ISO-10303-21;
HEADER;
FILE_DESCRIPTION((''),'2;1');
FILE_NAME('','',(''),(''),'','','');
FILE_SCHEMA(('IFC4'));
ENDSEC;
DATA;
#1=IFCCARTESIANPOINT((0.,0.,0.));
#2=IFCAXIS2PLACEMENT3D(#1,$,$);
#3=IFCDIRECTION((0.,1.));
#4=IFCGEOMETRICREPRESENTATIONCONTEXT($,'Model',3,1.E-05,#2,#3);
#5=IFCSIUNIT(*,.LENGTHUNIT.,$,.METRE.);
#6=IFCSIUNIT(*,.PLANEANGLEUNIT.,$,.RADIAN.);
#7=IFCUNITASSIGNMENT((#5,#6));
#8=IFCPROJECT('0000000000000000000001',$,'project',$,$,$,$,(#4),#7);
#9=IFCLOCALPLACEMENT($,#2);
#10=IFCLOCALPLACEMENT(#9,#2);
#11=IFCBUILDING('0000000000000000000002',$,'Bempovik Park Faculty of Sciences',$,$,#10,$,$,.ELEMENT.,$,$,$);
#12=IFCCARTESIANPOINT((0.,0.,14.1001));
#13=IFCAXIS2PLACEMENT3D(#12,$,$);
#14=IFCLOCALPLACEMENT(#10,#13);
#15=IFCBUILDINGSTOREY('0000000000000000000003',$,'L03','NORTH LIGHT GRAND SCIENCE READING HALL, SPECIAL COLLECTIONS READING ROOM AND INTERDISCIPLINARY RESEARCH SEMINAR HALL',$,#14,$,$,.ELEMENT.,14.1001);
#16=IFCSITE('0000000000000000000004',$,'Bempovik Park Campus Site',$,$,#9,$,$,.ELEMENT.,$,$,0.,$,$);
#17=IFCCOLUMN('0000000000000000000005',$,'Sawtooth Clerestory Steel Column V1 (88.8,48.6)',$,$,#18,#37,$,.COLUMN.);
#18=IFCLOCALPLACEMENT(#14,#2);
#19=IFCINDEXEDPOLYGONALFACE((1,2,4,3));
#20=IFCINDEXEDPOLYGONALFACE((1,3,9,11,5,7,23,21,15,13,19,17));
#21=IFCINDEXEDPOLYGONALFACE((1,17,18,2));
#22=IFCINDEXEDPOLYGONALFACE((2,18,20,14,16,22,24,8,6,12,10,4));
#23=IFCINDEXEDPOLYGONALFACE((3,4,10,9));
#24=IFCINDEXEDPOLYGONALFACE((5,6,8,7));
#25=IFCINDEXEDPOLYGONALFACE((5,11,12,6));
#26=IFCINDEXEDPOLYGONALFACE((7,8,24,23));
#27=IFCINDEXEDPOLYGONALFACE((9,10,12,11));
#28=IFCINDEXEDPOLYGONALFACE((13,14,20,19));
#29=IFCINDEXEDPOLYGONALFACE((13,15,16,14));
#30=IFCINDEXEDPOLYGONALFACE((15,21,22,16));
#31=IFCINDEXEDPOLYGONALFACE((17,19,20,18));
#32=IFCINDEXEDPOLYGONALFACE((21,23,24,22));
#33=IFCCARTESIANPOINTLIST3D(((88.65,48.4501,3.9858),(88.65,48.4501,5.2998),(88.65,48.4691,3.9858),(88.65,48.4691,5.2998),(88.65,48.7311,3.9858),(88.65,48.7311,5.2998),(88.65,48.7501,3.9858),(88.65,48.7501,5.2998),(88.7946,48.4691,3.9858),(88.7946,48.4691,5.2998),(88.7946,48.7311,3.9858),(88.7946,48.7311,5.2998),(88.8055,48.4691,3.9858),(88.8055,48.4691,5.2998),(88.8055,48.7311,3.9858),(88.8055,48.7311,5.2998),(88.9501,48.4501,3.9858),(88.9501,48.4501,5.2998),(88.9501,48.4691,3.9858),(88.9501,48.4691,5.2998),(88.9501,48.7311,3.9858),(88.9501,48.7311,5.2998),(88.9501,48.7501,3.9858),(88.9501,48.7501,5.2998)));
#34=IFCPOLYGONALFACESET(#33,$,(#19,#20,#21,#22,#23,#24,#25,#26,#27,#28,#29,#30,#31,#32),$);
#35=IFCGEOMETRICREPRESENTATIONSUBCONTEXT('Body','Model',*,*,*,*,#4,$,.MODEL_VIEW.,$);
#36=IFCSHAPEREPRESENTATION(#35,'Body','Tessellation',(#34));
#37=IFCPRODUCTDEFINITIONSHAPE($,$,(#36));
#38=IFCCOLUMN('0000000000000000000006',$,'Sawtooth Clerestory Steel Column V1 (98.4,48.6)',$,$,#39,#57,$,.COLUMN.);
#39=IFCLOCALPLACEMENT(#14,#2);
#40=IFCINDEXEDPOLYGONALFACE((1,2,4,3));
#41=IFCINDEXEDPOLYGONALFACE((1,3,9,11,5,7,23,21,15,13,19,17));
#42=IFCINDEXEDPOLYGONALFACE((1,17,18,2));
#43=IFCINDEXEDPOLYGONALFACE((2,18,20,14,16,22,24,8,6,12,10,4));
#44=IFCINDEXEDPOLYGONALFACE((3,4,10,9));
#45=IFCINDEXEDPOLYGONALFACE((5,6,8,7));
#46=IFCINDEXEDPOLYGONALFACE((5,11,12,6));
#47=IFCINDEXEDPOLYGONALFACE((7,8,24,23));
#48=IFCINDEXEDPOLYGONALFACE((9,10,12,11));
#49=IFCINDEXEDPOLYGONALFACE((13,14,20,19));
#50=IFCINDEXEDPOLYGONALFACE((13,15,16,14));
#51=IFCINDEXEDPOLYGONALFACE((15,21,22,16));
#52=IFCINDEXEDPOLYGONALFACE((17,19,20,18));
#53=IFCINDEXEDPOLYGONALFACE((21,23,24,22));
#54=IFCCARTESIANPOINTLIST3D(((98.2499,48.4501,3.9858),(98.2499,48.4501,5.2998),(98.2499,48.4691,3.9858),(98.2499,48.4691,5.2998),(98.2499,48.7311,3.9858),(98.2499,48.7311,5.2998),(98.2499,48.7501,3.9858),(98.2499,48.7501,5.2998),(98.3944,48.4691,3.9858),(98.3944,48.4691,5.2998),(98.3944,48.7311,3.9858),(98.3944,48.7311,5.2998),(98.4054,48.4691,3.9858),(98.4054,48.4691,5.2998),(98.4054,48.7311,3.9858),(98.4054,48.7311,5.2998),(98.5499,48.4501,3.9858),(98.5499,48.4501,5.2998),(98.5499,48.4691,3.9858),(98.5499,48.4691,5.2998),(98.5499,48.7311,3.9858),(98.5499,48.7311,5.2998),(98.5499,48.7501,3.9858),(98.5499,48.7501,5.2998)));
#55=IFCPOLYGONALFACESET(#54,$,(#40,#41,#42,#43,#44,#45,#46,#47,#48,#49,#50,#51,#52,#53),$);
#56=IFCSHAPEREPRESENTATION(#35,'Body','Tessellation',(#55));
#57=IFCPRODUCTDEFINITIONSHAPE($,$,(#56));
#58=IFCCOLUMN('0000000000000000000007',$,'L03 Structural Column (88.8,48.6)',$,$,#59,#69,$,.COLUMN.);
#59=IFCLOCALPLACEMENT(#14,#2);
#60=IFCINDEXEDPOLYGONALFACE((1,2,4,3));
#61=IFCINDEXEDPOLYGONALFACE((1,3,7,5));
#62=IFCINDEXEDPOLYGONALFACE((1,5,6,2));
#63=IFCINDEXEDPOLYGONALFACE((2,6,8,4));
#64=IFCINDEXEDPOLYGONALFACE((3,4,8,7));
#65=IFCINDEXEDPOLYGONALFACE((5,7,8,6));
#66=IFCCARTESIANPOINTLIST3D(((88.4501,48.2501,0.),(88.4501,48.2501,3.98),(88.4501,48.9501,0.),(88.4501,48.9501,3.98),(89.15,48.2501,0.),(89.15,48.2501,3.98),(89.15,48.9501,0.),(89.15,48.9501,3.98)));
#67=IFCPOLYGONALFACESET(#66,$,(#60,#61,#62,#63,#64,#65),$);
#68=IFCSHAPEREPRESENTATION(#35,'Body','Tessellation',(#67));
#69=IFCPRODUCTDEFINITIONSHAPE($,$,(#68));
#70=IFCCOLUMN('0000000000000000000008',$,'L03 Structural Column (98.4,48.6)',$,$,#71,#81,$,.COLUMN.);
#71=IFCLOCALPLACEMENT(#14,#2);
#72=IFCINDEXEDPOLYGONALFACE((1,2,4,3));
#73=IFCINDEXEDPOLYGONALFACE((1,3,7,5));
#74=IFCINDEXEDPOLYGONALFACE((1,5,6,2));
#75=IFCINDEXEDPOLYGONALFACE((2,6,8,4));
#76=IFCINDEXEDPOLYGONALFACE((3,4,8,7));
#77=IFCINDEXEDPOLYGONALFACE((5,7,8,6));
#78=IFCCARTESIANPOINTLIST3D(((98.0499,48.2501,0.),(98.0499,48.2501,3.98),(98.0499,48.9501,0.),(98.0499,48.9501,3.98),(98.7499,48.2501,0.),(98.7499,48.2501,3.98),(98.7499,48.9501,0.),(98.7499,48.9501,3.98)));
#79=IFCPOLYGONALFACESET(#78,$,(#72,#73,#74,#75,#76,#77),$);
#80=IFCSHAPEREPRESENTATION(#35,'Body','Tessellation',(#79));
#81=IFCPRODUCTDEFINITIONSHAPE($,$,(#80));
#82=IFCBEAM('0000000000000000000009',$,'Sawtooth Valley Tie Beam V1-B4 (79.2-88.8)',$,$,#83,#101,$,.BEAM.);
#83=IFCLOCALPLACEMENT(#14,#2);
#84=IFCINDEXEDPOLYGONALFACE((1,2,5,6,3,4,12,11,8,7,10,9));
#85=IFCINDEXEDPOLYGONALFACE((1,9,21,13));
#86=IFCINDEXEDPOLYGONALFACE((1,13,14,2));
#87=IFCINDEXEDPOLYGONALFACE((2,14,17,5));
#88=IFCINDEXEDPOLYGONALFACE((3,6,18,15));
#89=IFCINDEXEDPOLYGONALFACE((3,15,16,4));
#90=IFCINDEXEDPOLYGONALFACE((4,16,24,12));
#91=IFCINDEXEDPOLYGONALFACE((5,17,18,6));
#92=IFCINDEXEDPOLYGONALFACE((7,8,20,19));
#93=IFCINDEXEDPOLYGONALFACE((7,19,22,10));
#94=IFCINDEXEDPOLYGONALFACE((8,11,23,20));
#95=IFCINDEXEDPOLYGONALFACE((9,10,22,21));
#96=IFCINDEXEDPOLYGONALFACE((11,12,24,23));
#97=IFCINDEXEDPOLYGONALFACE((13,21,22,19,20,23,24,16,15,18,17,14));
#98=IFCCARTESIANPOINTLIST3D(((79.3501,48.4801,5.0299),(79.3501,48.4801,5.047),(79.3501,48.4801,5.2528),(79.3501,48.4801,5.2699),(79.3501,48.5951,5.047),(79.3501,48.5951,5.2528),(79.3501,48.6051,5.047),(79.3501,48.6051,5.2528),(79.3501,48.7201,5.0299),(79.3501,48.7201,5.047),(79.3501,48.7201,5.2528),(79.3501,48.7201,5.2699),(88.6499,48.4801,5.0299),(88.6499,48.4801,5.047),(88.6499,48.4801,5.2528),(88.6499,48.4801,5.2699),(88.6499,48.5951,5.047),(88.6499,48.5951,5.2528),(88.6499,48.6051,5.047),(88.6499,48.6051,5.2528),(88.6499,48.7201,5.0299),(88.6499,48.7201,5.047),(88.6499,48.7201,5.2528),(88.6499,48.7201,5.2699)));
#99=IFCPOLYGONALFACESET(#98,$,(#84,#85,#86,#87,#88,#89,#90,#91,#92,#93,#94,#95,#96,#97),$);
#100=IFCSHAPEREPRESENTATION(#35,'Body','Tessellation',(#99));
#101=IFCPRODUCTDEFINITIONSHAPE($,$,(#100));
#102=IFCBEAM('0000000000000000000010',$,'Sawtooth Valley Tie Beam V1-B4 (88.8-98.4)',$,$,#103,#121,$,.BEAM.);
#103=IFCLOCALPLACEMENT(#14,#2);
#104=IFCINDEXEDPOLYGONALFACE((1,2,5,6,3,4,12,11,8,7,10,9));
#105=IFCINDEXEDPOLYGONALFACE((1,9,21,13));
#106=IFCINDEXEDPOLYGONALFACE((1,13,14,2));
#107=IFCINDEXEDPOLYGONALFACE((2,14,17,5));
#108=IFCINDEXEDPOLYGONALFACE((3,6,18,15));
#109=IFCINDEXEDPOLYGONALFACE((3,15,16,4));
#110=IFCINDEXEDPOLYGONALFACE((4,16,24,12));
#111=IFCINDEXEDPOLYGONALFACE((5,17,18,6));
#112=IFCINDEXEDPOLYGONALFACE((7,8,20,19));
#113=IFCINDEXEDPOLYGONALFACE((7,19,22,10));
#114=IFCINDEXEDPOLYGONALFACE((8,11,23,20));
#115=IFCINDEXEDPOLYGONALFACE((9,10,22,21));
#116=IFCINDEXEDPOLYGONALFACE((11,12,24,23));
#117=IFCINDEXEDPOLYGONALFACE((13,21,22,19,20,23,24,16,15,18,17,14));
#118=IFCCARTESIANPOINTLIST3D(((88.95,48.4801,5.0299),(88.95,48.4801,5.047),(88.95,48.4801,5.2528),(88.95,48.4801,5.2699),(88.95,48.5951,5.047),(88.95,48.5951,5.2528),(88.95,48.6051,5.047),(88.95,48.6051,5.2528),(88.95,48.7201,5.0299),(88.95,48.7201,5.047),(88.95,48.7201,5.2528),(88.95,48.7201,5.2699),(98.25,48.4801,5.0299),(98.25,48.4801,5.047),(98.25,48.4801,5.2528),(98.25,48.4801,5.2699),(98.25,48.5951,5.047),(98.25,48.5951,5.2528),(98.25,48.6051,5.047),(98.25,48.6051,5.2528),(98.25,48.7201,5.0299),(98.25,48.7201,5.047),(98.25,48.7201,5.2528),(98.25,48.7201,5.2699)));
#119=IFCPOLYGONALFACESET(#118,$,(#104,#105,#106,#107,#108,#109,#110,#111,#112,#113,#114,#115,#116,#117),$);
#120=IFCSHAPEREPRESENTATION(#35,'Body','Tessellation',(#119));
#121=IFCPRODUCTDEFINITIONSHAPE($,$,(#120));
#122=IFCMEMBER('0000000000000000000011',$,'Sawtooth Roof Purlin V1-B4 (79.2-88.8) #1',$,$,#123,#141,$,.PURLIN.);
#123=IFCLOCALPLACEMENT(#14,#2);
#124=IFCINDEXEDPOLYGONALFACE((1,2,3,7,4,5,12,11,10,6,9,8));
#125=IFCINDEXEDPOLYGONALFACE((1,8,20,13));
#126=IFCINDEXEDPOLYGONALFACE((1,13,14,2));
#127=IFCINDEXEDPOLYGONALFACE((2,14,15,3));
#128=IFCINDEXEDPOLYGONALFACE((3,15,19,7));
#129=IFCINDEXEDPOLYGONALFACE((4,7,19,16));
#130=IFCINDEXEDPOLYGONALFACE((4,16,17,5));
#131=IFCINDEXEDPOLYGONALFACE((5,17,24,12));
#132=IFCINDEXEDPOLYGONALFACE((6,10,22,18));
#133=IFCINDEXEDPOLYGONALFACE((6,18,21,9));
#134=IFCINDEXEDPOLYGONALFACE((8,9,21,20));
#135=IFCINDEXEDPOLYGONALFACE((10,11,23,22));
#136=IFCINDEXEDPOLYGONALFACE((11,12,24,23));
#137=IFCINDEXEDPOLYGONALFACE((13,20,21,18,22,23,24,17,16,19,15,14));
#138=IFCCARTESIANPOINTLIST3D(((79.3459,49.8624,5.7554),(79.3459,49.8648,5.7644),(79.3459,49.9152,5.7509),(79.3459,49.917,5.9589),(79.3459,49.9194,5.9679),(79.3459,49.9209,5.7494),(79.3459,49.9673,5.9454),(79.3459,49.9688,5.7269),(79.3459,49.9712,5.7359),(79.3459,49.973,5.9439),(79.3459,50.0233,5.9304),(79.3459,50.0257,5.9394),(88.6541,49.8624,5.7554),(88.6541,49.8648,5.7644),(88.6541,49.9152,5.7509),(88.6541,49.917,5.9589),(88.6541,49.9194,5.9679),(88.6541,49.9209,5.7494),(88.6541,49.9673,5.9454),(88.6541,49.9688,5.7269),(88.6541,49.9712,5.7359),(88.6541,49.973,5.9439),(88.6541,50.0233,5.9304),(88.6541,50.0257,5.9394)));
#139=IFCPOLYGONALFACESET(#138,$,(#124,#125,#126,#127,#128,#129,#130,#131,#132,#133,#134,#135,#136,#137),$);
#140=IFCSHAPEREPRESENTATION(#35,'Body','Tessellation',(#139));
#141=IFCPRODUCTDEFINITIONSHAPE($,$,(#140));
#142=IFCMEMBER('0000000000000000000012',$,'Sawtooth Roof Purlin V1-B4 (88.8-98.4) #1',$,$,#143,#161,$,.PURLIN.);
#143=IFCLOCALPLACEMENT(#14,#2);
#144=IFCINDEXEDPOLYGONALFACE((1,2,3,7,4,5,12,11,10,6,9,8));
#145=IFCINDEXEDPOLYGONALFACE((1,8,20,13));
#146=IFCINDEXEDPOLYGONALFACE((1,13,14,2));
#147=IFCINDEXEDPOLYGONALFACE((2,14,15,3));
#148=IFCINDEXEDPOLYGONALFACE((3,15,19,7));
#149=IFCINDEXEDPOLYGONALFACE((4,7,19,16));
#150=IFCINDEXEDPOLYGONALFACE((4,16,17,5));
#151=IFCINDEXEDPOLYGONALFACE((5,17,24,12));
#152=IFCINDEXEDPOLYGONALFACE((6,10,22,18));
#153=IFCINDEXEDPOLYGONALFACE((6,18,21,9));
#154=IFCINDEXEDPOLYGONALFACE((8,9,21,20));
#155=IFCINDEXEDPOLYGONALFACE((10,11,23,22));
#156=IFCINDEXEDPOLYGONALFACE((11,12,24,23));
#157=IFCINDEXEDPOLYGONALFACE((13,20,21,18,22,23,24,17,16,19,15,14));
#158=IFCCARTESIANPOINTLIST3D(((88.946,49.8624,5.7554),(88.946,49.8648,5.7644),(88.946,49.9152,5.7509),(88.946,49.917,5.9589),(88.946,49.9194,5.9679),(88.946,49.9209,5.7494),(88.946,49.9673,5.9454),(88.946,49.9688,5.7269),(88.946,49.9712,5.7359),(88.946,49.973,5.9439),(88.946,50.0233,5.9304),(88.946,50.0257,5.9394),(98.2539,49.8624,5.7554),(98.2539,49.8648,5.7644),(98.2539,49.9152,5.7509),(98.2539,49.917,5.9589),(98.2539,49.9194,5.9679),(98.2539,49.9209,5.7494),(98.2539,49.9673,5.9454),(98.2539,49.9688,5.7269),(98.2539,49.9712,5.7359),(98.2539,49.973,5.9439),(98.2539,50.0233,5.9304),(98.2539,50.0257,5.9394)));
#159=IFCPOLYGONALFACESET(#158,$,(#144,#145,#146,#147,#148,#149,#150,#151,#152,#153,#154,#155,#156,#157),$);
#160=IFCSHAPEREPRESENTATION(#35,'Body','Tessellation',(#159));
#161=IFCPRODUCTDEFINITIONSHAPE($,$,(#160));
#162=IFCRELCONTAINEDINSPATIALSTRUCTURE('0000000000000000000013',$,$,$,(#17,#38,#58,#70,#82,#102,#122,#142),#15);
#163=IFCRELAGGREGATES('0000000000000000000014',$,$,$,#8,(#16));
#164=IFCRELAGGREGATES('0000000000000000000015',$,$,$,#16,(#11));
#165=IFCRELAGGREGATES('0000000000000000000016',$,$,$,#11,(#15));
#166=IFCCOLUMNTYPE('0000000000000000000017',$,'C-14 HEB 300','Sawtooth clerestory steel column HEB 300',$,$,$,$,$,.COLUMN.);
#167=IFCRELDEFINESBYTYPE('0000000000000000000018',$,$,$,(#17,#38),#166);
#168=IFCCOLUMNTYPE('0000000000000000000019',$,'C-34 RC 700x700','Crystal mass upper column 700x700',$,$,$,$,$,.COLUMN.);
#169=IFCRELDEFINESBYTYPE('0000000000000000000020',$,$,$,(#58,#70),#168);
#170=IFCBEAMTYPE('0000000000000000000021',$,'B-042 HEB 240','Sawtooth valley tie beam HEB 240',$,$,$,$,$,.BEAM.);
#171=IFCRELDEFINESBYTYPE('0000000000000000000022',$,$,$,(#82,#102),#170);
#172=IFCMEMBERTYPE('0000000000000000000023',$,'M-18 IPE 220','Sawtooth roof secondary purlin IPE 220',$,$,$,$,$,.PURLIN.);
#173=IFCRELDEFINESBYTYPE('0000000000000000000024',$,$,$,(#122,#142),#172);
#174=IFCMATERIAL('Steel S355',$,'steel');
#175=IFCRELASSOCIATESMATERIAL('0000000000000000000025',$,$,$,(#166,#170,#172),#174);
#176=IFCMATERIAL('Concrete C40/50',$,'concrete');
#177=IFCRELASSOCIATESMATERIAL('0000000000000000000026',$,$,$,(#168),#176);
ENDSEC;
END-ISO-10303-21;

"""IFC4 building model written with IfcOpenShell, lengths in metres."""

from ifc_helpers import new_model, si_unit, direction, frame, origin, origin_2d, place, context, subcontext, project, spatial, rectangle, i_section, extrude, material, material_profile, profile_set, type_object, element, save


model = new_model("IFC4")

# Units and contexts
model_context = context("Model", 3, precision=1e-05, world=origin(), true_north=direction((0.0, 1.0)))
body_context = subcontext(model_context, "Body", "Model", "MODEL_VIEW")
ifc_project = project(units=[si_unit("LENGTHUNIT", "METRE"), si_unit("PLANEANGLEUNIT", "RADIAN")], contexts=[model_context])

# Site, building, storey
site_placement = place(None, origin())
site = spatial("IfcSite", under=ifc_project, at=site_placement, Name="Bempovik Park Campus Site", CompositionType="ELEMENT", RefElevation=0.0)
building_placement = place(site_placement, origin())
building = spatial("IfcBuilding", under=site, at=building_placement, Name="Bempovik Park Faculty of Sciences", CompositionType="ELEMENT")
storey_placement = place(building_placement, frame((0.0, 0.0, 14.1001)))
storey = spatial("IfcBuildingStorey", under=building, at=storey_placement, Name="L03", Description="NORTH LIGHT GRAND SCIENCE READING HALL, SPECIAL COLLECTIONS READING ROOM AND INTERDISCIPLINARY RESEARCH SEMINAR HALL", CompositionType="ELEMENT", Elevation=14.1001)

# Columns
ifc_material_1 = material(Name="Steel S355", Category="steel")
ifc_material_profile_1 = material_profile(ifc_material_1, i_section(OverallWidth=0.3, OverallDepth=0.3, WebThickness=0.011, FlangeThickness=0.019, at=origin_2d()), Name="HEB 300")
ifc_profile_set_1 = profile_set([ifc_material_profile_1], Name="Steel S355")
column_type_1 = type_object("IfcColumnType", Name="C-14 HEB 300", Description="Sawtooth clerestory steel column HEB 300", PredefinedType="COLUMN", material=ifc_profile_set_1)
for number, where, z_axis, x_axis, name in (
    (1, (88.8, 48.6001, 3.9858), (0.0, 0.0, 1.0), (1.0, 0.0, 0.0), "Sawtooth Clerestory Steel Column V1 (88.8,48.6)"),
    (2, (98.3999, 48.6001, 3.9858), (0.0, 0.0, 1.0), (1.0, 0.0, 0.0), "Sawtooth Clerestory Steel Column V1 (98.4,48.6)"),
):
    element("IfcColumn", number, at=place(storey_placement, frame(where, z_axis=z_axis, x_axis=x_axis)), inside=storey, type_object=column_type_1, Name=name, PredefinedType="COLUMN", context=body_context, shape_type="SweptSolid", body=[
        extrude(i_section(OverallWidth=0.3, OverallDepth=0.3, WebThickness=0.011, FlangeThickness=0.019, at=origin_2d()), origin(), (0.0, 0.0, 1.0), 1.314),
    ])
ifc_material_2 = material(Name="Concrete C40/50", Category="concrete")
ifc_material_profile_2 = material_profile(ifc_material_2, rectangle(XDim=0.7, YDim=0.7, at=origin_2d()), Name="RC 700x700")
ifc_profile_set_2 = profile_set([ifc_material_profile_2], Name="Concrete C40/50")
column_type_2 = type_object("IfcColumnType", Name="C-34 RC 700x700", Description="Crystal mass upper column 700x700", PredefinedType="COLUMN", material=ifc_profile_set_2)
for number, where, z_axis, x_axis, name in (
    (3, (88.8, 48.6001, 0.0), (0.0, 0.0, 1.0), (1.0, 0.0, 0.0), "L03 Structural Column (88.8,48.6)"),
    (4, (98.3999, 48.6001, 0.0), (0.0, 0.0, 1.0), (1.0, 0.0, 0.0), "L03 Structural Column (98.4,48.6)"),
):
    element("IfcColumn", number, at=place(storey_placement, frame(where, z_axis=z_axis, x_axis=x_axis)), inside=storey, type_object=column_type_2, Name=name, PredefinedType="COLUMN", context=body_context, shape_type="SweptSolid", body=[
        extrude(rectangle(XDim=0.7, YDim=0.7, at=origin_2d()), origin(), (0.0, 0.0, 1.0), 3.98),
    ])

# Beams
ifc_material_profile_3 = material_profile(ifc_material_1, i_section(OverallWidth=0.24, OverallDepth=0.24, WebThickness=0.01, FlangeThickness=0.0171, at=origin_2d()), Name="HEB 240")
ifc_profile_set_3 = profile_set([ifc_material_profile_3], Name="Steel S355")
beam_type = type_object("IfcBeamType", Name="B-042 HEB 240", Description="Sawtooth valley tie beam HEB 240", PredefinedType="BEAM", material=ifc_profile_set_3)
beam_1_placement = place(storey_placement, frame((79.3501, 48.6001, 5.1499), z_axis=(1.0, 0.0, 0.0), x_axis=(0.0, 1.0, 0.0)))
element("IfcBeam", 5, at=beam_1_placement, inside=storey, type_object=beam_type, Name="Sawtooth Valley Tie Beam V1-B4 (79.2-88.8)", PredefinedType="BEAM", context=body_context, shape_type="SweptSolid", body=[
    extrude(i_section(OverallWidth=0.24, OverallDepth=0.24, WebThickness=0.01, FlangeThickness=0.0171, at=origin_2d()), origin(), (0.0, 0.0, 1.0), 9.2998),
])
beam_2_placement = place(storey_placement, frame((88.95, 48.6001, 5.1499), z_axis=(1.0, 0.0, 0.0), x_axis=(0.0, 1.0, 0.0)))
element("IfcBeam", 6, at=beam_2_placement, inside=storey, type_object=beam_type, Name="Sawtooth Valley Tie Beam V1-B4 (88.8-98.4)", PredefinedType="BEAM", context=body_context, shape_type="SweptSolid", body=[
    extrude(i_section(OverallWidth=0.24, OverallDepth=0.24, WebThickness=0.01, FlangeThickness=0.0171, at=origin_2d()), origin(), (0.0, 0.0, 1.0), 9.3),
])

# Members
ifc_material_profile_4 = material_profile(ifc_material_1, i_section(OverallWidth=0.1101, OverallDepth=0.22, WebThickness=0.0059, FlangeThickness=0.0093, at=origin_2d()), Name="IPE 220")
ifc_profile_set_4 = profile_set([ifc_material_profile_4], Name="Steel S355")
member_type_1 = type_object("IfcMemberType", Name="M-18 IPE 220", Description="Sawtooth roof secondary purlin IPE 220", PredefinedType="PURLIN", material=ifc_profile_set_4)
member_1_placement = place(storey_placement, frame((79.3459, 49.9441, 5.8474), z_axis=(1.0, 0.0, 0.0), x_axis=(0.0, 0.965926, -0.258819)))
element("IfcMember", 7, at=member_1_placement, inside=storey, type_object=member_type_1, Name="Sawtooth Roof Purlin V1-B4 (79.2-88.8) #1", PredefinedType="PURLIN", context=body_context, shape_type="SweptSolid", body=[
    extrude(i_section(OverallWidth=0.1101, OverallDepth=0.22, WebThickness=0.0059, FlangeThickness=0.0093, at=origin_2d()), origin(), (0.0, 0.0, 1.0), 9.3081),
])
member_2_placement = place(storey_placement, frame((88.946, 49.9441, 5.8474), z_axis=(1.0, 0.0, 0.0), x_axis=(0.0, 0.965926, -0.258819)))
element("IfcMember", 8, at=member_2_placement, inside=storey, type_object=member_type_1, Name="Sawtooth Roof Purlin V1-B4 (88.8-98.4) #1", PredefinedType="PURLIN", context=body_context, shape_type="SweptSolid", body=[
    extrude(i_section(OverallWidth=0.1101, OverallDepth=0.22, WebThickness=0.0059, FlangeThickness=0.0093, at=origin_2d()), origin(), (0.0, 0.0, 1.0), 9.3079),
])

save(model, "model.ifc")
